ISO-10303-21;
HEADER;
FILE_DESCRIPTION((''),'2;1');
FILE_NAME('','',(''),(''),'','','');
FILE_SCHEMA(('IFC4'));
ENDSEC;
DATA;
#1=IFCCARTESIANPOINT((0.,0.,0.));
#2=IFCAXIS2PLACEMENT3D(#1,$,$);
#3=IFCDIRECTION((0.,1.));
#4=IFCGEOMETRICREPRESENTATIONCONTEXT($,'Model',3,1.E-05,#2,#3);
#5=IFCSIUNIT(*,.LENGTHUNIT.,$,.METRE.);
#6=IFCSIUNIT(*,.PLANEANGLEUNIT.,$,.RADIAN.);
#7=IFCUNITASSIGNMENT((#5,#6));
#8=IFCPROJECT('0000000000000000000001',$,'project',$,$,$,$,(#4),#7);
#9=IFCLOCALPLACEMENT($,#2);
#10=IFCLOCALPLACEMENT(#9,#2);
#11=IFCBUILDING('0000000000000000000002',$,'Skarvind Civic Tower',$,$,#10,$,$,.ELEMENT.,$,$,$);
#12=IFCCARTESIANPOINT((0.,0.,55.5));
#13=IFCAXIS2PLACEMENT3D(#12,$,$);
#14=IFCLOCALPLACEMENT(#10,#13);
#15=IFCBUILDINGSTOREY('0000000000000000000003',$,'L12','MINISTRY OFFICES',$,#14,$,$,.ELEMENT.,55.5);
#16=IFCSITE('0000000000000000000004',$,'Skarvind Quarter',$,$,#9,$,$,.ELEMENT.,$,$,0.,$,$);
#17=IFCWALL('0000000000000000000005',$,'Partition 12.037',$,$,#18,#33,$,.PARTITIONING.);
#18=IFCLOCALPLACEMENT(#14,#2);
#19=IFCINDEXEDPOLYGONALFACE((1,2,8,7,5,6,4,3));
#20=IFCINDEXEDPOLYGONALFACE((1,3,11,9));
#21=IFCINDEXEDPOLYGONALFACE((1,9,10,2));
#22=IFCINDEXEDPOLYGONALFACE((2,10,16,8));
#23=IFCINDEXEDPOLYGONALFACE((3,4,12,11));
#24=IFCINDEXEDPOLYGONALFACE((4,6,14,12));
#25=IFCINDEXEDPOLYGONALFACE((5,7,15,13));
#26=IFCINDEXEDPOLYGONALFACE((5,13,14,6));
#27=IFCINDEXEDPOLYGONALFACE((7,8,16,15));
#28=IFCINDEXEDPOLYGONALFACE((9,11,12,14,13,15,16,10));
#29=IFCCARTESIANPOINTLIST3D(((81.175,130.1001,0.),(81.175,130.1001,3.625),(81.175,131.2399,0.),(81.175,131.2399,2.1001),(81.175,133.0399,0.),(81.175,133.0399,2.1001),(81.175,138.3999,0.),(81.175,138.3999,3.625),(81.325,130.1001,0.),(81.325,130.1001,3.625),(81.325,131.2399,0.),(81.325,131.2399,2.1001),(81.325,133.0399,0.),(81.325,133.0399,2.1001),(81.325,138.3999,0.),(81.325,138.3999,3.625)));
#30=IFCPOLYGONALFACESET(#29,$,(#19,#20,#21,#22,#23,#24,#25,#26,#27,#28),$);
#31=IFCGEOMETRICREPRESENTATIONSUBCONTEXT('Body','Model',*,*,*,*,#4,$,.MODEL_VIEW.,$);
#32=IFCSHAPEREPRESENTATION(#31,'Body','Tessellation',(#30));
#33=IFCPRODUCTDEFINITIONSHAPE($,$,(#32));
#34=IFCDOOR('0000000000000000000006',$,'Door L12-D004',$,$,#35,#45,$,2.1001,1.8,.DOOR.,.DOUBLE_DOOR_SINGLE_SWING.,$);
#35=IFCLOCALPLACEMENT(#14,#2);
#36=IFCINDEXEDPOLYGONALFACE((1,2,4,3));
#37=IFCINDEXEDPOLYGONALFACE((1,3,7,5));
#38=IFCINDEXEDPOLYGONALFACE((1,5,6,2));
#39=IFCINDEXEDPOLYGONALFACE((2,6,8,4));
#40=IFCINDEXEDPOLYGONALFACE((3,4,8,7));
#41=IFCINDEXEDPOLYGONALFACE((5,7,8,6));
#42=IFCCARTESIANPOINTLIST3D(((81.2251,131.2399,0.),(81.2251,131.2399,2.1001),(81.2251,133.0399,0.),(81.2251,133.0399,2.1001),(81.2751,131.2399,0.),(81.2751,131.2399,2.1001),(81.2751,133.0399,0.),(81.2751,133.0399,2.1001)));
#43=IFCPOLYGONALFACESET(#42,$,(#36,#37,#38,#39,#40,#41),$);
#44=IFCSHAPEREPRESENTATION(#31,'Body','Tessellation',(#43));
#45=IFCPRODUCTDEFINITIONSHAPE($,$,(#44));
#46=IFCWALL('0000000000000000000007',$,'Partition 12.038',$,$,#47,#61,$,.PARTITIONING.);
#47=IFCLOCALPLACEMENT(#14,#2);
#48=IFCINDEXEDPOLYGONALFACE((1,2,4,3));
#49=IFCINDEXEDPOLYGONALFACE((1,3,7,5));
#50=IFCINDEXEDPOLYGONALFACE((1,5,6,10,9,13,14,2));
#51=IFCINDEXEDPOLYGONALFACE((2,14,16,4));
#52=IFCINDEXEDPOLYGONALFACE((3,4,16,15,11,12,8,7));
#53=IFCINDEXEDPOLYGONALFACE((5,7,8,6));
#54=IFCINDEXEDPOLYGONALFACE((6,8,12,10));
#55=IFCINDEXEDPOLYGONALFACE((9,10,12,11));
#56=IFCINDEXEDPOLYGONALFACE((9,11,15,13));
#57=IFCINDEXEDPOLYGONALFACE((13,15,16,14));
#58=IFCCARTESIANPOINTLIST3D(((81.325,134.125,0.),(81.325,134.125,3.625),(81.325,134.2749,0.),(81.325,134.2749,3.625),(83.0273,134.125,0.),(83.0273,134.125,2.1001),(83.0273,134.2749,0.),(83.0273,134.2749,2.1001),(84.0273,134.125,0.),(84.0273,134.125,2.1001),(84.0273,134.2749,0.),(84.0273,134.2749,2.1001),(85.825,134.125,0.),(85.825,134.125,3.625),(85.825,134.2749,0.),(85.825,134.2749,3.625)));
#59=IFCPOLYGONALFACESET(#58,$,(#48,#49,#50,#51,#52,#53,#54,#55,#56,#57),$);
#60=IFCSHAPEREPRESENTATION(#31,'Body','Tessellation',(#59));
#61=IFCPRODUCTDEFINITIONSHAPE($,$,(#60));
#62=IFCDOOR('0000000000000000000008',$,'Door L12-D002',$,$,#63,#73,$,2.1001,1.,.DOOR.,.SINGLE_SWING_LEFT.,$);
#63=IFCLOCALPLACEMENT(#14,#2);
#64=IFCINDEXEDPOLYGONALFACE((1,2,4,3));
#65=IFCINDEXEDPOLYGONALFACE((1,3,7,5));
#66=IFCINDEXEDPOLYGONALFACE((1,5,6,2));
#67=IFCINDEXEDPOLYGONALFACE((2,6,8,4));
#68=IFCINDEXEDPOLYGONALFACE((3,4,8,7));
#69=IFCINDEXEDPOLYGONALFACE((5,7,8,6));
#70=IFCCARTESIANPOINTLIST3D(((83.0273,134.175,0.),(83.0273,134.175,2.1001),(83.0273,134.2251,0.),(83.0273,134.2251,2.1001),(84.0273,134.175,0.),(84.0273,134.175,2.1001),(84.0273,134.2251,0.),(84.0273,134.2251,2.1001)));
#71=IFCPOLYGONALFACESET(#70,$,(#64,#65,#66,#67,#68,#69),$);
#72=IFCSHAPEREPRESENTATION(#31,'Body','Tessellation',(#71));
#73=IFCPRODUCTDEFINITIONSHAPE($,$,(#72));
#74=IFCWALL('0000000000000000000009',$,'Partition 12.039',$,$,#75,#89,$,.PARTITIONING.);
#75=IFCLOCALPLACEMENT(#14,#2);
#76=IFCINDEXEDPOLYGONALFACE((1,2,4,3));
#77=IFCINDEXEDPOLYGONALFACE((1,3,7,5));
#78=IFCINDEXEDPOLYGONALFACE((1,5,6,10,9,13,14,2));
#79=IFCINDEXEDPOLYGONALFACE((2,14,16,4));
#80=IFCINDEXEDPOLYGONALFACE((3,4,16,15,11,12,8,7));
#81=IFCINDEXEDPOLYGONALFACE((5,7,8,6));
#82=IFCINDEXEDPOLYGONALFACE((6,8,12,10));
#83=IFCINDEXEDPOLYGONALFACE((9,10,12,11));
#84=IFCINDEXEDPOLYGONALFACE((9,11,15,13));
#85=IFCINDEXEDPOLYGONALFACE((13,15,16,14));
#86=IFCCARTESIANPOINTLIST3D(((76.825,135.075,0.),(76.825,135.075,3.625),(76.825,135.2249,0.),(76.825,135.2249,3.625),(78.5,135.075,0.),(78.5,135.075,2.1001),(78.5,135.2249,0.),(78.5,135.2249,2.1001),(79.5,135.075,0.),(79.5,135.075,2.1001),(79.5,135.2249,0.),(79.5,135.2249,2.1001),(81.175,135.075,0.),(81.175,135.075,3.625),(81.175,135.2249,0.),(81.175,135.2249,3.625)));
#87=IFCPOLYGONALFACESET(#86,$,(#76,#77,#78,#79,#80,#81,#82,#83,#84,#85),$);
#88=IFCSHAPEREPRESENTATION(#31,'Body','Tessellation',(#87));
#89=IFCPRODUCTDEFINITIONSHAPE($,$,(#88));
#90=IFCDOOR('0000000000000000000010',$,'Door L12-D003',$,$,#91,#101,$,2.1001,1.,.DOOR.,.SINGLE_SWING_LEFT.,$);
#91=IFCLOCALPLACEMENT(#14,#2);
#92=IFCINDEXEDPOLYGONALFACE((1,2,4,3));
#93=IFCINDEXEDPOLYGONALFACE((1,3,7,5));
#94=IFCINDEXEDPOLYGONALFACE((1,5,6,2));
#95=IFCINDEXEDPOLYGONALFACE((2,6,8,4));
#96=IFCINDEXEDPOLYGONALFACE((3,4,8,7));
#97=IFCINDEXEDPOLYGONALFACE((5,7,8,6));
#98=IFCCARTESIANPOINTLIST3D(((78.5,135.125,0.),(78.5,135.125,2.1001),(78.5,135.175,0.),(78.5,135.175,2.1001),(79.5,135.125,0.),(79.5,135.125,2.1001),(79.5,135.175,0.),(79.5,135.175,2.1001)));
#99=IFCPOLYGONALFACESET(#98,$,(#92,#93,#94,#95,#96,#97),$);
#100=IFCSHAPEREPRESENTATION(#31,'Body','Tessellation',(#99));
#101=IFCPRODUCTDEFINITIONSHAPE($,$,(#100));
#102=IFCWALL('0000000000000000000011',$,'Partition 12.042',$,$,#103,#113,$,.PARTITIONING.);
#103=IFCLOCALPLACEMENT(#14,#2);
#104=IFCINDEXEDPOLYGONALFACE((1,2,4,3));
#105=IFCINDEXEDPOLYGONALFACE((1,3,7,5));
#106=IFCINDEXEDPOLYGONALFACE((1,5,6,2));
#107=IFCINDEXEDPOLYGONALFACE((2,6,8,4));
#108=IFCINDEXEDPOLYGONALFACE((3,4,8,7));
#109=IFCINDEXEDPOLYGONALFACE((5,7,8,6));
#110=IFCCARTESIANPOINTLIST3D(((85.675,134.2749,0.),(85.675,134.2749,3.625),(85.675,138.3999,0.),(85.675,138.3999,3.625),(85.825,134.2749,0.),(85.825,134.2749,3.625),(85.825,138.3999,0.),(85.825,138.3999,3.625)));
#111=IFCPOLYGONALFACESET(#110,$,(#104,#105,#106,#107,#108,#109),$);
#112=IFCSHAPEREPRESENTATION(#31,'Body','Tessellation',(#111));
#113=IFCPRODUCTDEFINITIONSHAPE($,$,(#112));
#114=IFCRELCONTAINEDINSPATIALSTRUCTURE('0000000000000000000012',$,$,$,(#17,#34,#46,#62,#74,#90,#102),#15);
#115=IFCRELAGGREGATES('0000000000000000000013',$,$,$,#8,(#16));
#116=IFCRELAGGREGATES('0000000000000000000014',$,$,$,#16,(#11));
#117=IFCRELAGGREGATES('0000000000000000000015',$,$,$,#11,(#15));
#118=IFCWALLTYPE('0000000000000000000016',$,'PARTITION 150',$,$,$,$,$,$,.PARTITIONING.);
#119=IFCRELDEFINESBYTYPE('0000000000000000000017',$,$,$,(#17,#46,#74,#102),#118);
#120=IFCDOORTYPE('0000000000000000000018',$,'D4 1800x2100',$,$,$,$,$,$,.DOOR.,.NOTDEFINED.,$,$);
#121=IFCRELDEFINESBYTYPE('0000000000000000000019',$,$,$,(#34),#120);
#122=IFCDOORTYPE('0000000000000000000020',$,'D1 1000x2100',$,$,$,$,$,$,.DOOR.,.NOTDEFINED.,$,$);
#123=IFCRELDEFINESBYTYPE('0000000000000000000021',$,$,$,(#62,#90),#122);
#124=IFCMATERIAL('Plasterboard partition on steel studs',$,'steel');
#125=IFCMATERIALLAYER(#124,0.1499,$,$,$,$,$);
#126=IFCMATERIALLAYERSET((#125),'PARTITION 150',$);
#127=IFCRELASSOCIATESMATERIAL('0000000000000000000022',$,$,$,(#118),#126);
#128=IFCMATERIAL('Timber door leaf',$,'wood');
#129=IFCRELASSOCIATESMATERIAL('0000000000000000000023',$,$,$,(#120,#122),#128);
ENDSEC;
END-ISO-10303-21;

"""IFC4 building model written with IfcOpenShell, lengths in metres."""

from ifc_helpers import new_model, si_unit, direction, frame, frame_2d, origin, place, context, subcontext, project, spatial, rectangle, extrude, material, layer, layer_set, type_object, element, fill, save


model = new_model("IFC4")

# Units and contexts
model_context = context("Model", 3, precision=1e-05, world=origin(), true_north=direction((0.0, 1.0)))
body_context = subcontext(model_context, "Body", "Model", "MODEL_VIEW")
ifc_project = project(units=[si_unit("LENGTHUNIT", "METRE"), si_unit("PLANEANGLEUNIT", "RADIAN")], contexts=[model_context])

# Site, building, storey
site_placement = place(None, origin())
site = spatial("IfcSite", under=ifc_project, at=site_placement, Name="Skarvind Quarter", CompositionType="ELEMENT", RefElevation=0.0)
building_placement = place(site_placement, origin())
building = spatial("IfcBuilding", under=site, at=building_placement, Name="Skarvind Civic Tower", CompositionType="ELEMENT")
storey_placement = place(building_placement, frame((0.0, 0.0, 55.5)))
storey = spatial("IfcBuildingStorey", under=building, at=storey_placement, Name="L12", Description="MINISTRY OFFICES", CompositionType="ELEMENT", Elevation=55.5)

# Walls, openings, doors
ifc_material_1 = material(Name="Plasterboard partition on steel studs", Category="steel")
ifc_layer_1 = layer(ifc_material_1, 0.1499)
ifc_layer_set_1 = layer_set([ifc_layer_1], Name="PARTITION 150")
wall_type_1 = type_object("IfcWallType", Name="PARTITION 150", PredefinedType="PARTITIONING", material=ifc_layer_set_1)
wall_1_placement = place(storey_placement, frame((81.25, 130.1001, 0.0), z_axis=(0.0, 0.0, 1.0), x_axis=(0.0, 1.0, 0.0)))
wall_1 = element("IfcWall", 1, at=wall_1_placement, inside=storey, type_object=wall_type_1, Name="Partition 12.037", PredefinedType="PARTITIONING", context=body_context, shape_type="SweptSolid", body=[
    extrude(rectangle(XDim=8.2998, YDim=0.1499, at=frame_2d((4.1499, 0.0))), origin(), (0.0, 0.0, 1.0), 3.625),
])
opening_1_placement = place(wall_1_placement, frame((1.1399, 0.0, 0.0)))
opening_1 = element("IfcOpeningElement", 2, at=opening_1_placement, cuts=wall_1, PredefinedType="OPENING", context=body_context, shape_type="SweptSolid", body=[
    extrude(rectangle(XDim=1.8, YDim=2.1001, at=frame_2d((0.8999, 1.05))), frame((0.0, 0.085, 0.0), z_axis=(0.0, -1.0, 0.0), x_axis=(1.0, 0.0, 0.0)), (0.0, 0.0, 1.0), 0.1699),
])
ifc_material_2 = material(Name="Timber door leaf", Category="wood")
door_type_1 = type_object("IfcDoorType", Name="D4 1800x2100", OperationType="NOTDEFINED", PredefinedType="DOOR", material=ifc_material_2)
door_1_placement = place(opening_1_placement, origin())
door_1 = element("IfcDoor", 3, at=door_1_placement, inside=storey, type_object=door_type_1, Name="Door L12-D004", OperationType="DOUBLE_DOOR_SINGLE_SWING", OverallHeight=2.1001, OverallWidth=1.8, PredefinedType="DOOR", context=body_context, shape_type="SweptSolid", body=[
    extrude(rectangle(XDim=1.8, YDim=2.1001, at=frame_2d((0.8999, 1.05))), frame((0.0, 0.0249, 0.0), z_axis=(0.0, -1.0, 0.0), x_axis=(1.0, 0.0, 0.0)), (0.0, 0.0, 1.0), 0.05),
])
fill(opening_1, door_1)
wall_2_placement = place(storey_placement, frame((85.825, 134.2, 0.0), z_axis=(0.0, 0.0, 1.0), x_axis=(-1.0, 0.0, 0.0)))
wall_2 = element("IfcWall", 4, at=wall_2_placement, inside=storey, type_object=wall_type_1, Name="Partition 12.038", PredefinedType="PARTITIONING", context=body_context, shape_type="SweptSolid", body=[
    extrude(rectangle(XDim=4.5, YDim=0.1499, at=frame_2d((2.25, 0.0))), origin(), (0.0, 0.0, 1.0), 3.625),
])
opening_2_placement = place(wall_2_placement, frame((1.7976, 0.0, 0.0)))
opening_2 = element("IfcOpeningElement", 5, at=opening_2_placement, cuts=wall_2, PredefinedType="OPENING", context=body_context, shape_type="SweptSolid", body=[
    extrude(rectangle(XDim=1.0, YDim=2.1001, at=frame_2d((0.5, 1.05))), frame((0.0, 0.085, 0.0), z_axis=(0.0, -1.0, 0.0), x_axis=(1.0, 0.0, 0.0)), (0.0, 0.0, 1.0), 0.1699),
])
door_type_2 = type_object("IfcDoorType", Name="D1 1000x2100", OperationType="NOTDEFINED", PredefinedType="DOOR", material=ifc_material_2)
door_2_placement = place(opening_2_placement, origin())
door_2 = element("IfcDoor", 6, at=door_2_placement, inside=storey, type_object=door_type_2, Name="Door L12-D002", OperationType="SINGLE_SWING_LEFT", OverallHeight=2.1001, OverallWidth=1.0, PredefinedType="DOOR", context=body_context, shape_type="SweptSolid", body=[
    extrude(rectangle(XDim=1.0, YDim=2.1001, at=frame_2d((0.5, 1.05))), frame((0.0, 0.0249, 0.0), z_axis=(0.0, -1.0, 0.0), x_axis=(1.0, 0.0, 0.0)), (0.0, 0.0, 1.0), 0.05),
])
fill(opening_2, door_2)
wall_3_placement = place(storey_placement, frame((81.175, 135.1499, 0.0), z_axis=(0.0, 0.0, 1.0), x_axis=(-1.0, 0.0, 0.0)))
wall_3 = element("IfcWall", 7, at=wall_3_placement, inside=storey, type_object=wall_type_1, Name="Partition 12.039", PredefinedType="PARTITIONING", context=body_context, shape_type="SweptSolid", body=[
    extrude(rectangle(XDim=4.3501, YDim=0.1499, at=frame_2d((2.175, 0.0))), origin(), (0.0, 0.0, 1.0), 3.625),
])
opening_3_placement = place(wall_3_placement, frame((1.675, 0.0, 0.0)))
opening_3 = element("IfcOpeningElement", 8, at=opening_3_placement, cuts=wall_3, PredefinedType="OPENING", context=body_context, shape_type="SweptSolid", body=[
    extrude(rectangle(XDim=1.0, YDim=2.1001, at=frame_2d((0.5, 1.05))), frame((0.0, 0.085, 0.0), z_axis=(0.0, -1.0, 0.0), x_axis=(1.0, 0.0, 0.0)), (0.0, 0.0, 1.0), 0.1699),
])
door_3_placement = place(opening_3_placement, origin())
door_3 = element("IfcDoor", 9, at=door_3_placement, inside=storey, type_object=door_type_2, Name="Door L12-D003", OperationType="SINGLE_SWING_LEFT", OverallHeight=2.1001, OverallWidth=1.0, PredefinedType="DOOR", context=body_context, shape_type="SweptSolid", body=[
    extrude(rectangle(XDim=1.0, YDim=2.1001, at=frame_2d((0.5, 1.05))), frame((0.0, 0.0249, 0.0), z_axis=(0.0, -1.0, 0.0), x_axis=(1.0, 0.0, 0.0)), (0.0, 0.0, 1.0), 0.05),
])
fill(opening_3, door_3)

# Wall
wall_4_placement = place(storey_placement, frame((85.75, 134.2749, 0.0), z_axis=(0.0, 0.0, 1.0), x_axis=(0.0, 1.0, 0.0)))
element("IfcWall", 10, at=wall_4_placement, inside=storey, type_object=wall_type_1, Name="Partition 12.042", PredefinedType="PARTITIONING", context=body_context, shape_type="SweptSolid", body=[
    extrude(rectangle(XDim=4.125, YDim=0.1499, at=frame_2d((2.0625, 0.0))), origin(), (0.0, 0.0, 1.0), 3.625),
])

save(model, "model.ifc")
